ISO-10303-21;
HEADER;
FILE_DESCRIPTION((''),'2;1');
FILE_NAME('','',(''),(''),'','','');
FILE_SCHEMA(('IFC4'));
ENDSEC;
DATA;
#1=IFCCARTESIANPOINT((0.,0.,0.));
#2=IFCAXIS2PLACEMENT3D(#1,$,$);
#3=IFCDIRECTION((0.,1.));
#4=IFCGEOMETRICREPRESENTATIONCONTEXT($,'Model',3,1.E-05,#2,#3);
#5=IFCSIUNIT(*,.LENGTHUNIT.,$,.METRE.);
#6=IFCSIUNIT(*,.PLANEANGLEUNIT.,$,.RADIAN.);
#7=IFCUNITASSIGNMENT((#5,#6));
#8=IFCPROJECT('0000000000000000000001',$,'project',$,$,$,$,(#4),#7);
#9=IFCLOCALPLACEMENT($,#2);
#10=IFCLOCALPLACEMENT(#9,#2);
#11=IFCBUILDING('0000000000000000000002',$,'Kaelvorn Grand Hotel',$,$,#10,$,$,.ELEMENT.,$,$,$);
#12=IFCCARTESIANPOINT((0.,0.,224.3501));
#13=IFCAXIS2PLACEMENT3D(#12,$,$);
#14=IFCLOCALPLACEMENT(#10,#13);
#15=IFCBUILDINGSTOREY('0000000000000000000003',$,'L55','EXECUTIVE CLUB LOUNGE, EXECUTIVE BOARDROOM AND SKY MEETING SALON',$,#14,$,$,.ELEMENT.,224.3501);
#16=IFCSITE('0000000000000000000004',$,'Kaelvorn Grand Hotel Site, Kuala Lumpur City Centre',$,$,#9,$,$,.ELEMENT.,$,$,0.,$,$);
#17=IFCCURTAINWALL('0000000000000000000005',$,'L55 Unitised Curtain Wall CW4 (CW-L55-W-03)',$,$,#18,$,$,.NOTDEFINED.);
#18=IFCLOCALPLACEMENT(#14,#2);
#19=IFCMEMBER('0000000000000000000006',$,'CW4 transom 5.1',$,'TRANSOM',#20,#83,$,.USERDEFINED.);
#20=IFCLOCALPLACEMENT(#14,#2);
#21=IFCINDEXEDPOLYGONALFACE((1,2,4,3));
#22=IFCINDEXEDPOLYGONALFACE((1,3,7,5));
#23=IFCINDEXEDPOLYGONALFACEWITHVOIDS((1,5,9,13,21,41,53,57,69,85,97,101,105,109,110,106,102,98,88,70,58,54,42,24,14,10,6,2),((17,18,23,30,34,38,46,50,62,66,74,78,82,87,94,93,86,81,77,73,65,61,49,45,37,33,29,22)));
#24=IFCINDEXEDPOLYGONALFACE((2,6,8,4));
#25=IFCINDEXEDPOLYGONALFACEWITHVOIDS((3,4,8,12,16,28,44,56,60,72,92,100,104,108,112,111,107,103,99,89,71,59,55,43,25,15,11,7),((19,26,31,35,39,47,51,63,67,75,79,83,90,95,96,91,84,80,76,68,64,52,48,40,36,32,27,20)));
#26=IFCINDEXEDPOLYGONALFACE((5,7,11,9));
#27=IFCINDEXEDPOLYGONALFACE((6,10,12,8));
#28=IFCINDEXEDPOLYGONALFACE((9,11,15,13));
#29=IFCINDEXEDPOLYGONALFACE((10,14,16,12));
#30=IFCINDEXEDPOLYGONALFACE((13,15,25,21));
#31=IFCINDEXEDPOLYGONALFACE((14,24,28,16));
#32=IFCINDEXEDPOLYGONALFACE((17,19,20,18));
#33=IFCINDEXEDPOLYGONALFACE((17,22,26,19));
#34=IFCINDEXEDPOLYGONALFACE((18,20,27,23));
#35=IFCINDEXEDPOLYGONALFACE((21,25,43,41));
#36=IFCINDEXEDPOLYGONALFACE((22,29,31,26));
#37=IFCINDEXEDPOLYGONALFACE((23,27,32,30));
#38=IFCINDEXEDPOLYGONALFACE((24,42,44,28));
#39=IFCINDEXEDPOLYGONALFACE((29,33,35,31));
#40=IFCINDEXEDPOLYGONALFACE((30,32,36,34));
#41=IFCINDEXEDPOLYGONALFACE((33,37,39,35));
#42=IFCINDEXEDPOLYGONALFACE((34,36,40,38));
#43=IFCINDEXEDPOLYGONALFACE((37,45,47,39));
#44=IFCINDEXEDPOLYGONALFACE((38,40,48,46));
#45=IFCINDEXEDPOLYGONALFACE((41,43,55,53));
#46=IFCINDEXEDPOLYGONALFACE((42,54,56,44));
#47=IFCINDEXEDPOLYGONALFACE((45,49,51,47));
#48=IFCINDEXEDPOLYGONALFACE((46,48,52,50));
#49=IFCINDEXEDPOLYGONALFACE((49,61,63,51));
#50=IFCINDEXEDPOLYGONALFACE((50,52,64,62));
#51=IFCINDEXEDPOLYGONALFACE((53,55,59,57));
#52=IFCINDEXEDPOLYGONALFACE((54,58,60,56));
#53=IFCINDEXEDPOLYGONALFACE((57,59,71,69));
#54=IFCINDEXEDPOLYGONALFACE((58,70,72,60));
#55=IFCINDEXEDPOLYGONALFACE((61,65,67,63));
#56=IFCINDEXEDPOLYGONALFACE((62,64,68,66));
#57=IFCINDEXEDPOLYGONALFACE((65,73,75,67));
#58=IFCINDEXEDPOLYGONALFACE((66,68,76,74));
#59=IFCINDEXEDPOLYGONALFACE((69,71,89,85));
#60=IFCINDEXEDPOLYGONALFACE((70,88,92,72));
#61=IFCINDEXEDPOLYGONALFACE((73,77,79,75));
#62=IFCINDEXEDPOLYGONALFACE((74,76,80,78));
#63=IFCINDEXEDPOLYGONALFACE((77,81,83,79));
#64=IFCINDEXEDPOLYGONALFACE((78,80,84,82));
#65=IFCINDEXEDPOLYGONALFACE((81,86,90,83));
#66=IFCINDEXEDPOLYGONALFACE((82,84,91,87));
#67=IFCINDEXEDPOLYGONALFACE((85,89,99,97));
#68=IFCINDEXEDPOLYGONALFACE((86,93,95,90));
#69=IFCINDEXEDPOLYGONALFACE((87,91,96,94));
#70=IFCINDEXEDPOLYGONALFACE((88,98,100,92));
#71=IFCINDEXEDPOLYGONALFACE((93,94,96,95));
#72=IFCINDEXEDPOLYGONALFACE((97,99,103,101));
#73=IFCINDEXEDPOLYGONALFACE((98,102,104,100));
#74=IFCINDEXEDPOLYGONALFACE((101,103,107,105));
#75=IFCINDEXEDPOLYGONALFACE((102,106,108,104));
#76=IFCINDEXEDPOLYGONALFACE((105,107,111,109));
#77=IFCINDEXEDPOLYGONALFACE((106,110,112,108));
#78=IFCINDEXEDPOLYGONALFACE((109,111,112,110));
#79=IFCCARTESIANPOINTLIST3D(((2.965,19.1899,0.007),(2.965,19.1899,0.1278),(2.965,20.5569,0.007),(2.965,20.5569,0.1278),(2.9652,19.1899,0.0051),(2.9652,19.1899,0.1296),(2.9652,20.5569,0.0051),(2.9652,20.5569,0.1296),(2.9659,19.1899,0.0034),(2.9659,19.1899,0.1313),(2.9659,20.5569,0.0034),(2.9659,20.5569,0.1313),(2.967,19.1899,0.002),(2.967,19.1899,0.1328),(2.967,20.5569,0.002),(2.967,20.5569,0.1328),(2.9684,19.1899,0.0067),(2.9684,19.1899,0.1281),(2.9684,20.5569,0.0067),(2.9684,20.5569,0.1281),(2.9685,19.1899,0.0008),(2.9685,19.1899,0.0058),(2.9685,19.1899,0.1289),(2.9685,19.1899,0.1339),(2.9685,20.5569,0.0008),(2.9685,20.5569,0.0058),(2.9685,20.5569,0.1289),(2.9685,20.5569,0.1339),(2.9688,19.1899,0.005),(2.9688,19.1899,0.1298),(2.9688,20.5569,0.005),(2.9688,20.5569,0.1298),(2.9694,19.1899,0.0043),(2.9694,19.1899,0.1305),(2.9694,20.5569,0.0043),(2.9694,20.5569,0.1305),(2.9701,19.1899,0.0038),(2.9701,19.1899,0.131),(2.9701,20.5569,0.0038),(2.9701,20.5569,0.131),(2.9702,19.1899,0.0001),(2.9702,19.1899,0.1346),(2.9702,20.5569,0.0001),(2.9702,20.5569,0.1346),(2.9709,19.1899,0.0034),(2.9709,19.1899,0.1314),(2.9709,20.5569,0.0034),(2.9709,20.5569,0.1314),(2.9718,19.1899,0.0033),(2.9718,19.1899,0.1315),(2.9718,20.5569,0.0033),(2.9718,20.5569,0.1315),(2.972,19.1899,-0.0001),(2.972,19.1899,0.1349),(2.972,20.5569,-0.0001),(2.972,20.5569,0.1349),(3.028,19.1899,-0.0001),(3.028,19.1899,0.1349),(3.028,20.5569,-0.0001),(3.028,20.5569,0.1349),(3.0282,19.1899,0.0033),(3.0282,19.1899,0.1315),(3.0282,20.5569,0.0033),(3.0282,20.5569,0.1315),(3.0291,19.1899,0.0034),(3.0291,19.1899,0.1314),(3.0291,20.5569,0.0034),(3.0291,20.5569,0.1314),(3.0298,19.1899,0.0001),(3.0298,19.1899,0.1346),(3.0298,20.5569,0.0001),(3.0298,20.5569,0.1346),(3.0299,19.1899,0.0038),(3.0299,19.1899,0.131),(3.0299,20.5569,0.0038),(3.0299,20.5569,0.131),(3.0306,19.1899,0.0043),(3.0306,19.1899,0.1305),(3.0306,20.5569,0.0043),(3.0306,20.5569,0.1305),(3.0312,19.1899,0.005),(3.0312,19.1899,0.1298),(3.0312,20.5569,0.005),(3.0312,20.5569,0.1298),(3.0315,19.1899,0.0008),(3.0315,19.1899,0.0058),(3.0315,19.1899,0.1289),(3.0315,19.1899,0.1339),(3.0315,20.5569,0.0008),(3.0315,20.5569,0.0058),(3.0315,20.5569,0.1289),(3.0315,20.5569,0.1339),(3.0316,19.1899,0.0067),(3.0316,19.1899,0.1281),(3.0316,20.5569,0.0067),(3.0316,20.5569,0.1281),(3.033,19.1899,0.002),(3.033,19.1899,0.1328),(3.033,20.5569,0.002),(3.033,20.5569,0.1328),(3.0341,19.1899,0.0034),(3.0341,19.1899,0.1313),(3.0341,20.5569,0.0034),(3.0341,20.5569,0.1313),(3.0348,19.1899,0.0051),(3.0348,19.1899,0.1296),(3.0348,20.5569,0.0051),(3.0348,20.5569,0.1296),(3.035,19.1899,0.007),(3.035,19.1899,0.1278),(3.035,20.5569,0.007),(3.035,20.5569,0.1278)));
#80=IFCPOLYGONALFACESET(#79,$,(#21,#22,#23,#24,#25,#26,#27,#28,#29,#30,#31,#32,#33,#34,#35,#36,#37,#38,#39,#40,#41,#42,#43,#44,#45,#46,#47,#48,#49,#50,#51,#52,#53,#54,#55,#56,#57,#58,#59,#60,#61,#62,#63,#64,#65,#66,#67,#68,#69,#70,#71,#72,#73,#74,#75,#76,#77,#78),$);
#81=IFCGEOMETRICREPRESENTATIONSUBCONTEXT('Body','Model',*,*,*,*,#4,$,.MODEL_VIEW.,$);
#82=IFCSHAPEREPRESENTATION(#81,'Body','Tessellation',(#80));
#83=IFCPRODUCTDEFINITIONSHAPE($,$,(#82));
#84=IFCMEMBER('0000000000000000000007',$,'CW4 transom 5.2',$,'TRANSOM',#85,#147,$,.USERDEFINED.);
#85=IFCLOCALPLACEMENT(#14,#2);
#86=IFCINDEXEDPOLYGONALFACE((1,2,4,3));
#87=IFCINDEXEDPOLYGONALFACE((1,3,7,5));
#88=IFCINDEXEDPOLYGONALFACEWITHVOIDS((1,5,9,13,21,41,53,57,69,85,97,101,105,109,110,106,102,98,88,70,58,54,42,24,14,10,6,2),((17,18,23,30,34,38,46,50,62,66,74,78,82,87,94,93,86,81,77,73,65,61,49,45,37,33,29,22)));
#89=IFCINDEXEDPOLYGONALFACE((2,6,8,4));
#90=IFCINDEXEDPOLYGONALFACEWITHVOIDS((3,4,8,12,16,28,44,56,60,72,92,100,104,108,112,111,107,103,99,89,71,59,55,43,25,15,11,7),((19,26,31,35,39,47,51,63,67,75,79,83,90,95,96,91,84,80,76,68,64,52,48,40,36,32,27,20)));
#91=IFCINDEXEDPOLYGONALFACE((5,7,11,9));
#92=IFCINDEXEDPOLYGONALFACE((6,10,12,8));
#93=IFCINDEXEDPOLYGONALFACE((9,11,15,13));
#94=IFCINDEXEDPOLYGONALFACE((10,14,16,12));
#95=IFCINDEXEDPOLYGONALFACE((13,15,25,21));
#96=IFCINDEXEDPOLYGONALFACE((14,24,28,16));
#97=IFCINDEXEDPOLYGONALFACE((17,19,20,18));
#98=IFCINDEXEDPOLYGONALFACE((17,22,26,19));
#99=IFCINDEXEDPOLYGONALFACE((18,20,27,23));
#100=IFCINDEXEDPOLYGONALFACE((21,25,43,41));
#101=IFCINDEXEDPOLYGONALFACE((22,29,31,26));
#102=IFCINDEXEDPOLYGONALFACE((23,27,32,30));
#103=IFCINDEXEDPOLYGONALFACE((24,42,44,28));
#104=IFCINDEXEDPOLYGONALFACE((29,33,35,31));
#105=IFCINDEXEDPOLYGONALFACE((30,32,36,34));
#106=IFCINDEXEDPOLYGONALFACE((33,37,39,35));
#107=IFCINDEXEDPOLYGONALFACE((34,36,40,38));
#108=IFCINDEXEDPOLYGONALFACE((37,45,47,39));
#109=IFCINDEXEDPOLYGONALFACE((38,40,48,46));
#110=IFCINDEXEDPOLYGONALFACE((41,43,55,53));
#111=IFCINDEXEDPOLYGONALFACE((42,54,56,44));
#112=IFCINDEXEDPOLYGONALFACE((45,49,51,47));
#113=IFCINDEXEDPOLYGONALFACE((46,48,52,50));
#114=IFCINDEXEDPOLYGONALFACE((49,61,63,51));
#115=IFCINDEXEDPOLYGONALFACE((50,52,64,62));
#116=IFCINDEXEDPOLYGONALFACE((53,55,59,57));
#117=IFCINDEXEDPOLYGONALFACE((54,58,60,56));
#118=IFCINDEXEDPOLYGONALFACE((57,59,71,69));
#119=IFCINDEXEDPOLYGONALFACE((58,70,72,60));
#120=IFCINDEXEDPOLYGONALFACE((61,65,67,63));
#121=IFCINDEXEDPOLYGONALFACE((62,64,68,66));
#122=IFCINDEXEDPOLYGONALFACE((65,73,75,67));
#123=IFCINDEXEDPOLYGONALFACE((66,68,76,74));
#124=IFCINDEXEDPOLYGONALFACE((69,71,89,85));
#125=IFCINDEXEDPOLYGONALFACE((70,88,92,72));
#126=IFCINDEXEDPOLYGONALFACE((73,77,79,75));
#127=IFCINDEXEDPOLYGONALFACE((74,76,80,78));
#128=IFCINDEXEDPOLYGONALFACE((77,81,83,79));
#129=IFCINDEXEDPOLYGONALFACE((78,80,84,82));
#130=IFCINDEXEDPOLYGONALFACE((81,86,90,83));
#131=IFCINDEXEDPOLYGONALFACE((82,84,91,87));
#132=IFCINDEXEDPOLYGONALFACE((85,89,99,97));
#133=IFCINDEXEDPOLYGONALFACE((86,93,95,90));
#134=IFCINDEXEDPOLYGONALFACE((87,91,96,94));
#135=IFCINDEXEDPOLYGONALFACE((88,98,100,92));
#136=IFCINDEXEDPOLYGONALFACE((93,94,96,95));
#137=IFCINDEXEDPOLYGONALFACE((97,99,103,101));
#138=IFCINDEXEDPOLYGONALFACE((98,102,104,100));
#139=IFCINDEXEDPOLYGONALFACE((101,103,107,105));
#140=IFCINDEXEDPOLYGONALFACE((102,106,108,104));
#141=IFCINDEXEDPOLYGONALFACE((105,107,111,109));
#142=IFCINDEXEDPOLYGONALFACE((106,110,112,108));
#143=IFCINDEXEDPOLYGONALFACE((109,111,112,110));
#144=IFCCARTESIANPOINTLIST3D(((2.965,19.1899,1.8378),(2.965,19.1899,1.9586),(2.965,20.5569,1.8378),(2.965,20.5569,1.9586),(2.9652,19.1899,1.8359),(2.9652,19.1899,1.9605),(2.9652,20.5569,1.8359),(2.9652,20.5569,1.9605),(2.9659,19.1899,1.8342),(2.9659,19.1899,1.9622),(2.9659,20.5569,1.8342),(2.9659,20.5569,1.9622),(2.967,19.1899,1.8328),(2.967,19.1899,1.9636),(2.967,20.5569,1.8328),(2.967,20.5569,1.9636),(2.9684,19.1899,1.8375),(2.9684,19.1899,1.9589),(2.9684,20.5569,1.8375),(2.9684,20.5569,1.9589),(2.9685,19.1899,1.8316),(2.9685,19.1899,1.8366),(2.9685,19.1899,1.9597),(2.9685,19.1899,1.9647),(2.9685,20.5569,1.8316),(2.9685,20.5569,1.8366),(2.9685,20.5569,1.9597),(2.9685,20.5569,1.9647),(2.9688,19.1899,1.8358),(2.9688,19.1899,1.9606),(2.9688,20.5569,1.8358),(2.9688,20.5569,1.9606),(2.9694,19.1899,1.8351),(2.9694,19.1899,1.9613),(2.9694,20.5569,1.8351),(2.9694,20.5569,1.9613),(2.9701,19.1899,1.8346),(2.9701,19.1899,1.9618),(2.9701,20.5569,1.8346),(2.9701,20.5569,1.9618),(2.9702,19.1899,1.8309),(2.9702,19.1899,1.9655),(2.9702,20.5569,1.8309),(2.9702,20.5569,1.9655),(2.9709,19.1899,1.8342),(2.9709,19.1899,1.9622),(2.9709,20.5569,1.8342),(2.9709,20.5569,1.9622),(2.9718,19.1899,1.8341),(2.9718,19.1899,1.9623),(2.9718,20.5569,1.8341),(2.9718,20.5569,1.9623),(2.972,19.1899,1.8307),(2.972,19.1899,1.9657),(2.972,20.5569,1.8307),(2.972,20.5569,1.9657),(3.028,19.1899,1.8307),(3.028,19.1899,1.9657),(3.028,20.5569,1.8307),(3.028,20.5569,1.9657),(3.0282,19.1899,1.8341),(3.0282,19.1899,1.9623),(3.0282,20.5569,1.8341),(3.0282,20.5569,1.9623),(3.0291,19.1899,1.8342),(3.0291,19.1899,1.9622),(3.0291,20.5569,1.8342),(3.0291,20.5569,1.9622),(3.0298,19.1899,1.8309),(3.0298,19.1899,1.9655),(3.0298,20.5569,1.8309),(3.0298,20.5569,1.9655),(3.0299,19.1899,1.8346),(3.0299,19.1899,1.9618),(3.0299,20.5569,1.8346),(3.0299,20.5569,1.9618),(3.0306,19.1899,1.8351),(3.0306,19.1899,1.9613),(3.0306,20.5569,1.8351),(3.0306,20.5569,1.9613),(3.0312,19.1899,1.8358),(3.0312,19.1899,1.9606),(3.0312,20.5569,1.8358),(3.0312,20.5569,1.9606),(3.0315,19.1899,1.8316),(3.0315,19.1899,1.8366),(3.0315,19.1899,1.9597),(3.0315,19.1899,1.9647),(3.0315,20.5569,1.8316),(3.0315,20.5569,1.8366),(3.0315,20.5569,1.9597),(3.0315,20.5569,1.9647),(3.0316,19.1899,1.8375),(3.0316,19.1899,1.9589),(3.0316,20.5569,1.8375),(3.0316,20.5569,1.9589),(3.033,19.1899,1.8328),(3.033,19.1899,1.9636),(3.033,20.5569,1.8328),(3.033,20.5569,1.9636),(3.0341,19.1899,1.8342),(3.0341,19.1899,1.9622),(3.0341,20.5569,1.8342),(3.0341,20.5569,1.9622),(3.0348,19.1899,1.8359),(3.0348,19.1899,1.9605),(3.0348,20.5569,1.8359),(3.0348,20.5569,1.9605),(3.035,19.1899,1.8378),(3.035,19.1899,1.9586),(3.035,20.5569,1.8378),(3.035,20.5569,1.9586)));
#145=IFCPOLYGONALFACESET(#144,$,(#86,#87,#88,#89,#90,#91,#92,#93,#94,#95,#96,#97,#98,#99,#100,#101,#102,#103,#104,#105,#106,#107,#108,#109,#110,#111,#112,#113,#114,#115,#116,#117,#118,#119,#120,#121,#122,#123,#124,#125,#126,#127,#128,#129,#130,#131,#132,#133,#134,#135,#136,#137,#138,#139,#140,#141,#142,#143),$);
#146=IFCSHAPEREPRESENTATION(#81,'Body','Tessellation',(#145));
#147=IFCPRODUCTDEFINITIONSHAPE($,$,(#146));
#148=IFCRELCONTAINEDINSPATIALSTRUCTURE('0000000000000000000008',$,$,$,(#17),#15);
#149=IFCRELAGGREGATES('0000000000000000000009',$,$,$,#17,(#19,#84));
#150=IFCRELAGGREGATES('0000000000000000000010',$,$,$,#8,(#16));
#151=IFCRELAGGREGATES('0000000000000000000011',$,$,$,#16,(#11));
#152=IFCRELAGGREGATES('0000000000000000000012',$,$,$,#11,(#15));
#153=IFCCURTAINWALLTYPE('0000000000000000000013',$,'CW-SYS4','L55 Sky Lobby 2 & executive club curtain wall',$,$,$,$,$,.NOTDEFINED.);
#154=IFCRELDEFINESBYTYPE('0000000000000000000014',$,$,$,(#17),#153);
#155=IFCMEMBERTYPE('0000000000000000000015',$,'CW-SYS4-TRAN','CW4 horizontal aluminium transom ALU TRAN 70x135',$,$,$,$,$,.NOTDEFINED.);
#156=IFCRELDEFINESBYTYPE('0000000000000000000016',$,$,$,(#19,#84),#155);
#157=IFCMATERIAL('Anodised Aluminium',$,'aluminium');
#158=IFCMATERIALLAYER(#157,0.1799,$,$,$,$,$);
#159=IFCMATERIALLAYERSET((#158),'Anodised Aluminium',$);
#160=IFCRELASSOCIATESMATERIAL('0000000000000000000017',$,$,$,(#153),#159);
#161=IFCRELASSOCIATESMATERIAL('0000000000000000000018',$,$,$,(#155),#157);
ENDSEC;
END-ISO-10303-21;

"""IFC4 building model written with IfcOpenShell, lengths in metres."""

from ifc_helpers import new_model, si_unit, direction, frame, origin, origin_2d, place, context, subcontext, project, spatial, hollow_rectangle, extrude, material, layer, layer_set, material_profile, profile_set, type_object, element, aggregate, save


model = new_model("IFC4")

# Units and contexts
model_context = context("Model", 3, precision=1e-05, world=origin(), true_north=direction((0.0, 1.0)))
body_context = subcontext(model_context, "Body", "Model", "MODEL_VIEW")
ifc_project = project(units=[si_unit("LENGTHUNIT", "METRE"), si_unit("PLANEANGLEUNIT", "RADIAN")], contexts=[model_context])

# Site, building, storey
site_placement = place(None, origin())
site = spatial("IfcSite", under=ifc_project, at=site_placement, Name="Kaelvorn Grand Hotel Site, Kuala Lumpur City Centre", CompositionType="ELEMENT", RefElevation=0.0)
building_placement = place(site_placement, origin())
building = spatial("IfcBuilding", under=site, at=building_placement, Name="Kaelvorn Grand Hotel", CompositionType="ELEMENT")
storey_placement = place(building_placement, frame((0.0, 0.0, 224.3501)))
storey = spatial("IfcBuildingStorey", under=building, at=storey_placement, Name="L55", Description="EXECUTIVE CLUB LOUNGE, EXECUTIVE BOARDROOM AND SKY MEETING SALON", CompositionType="ELEMENT", Elevation=224.3501)

# Curtain wall
ifc_material_1 = material(Name="Anodised Aluminium", Category="aluminium")
ifc_layer_1 = layer(ifc_material_1, 0.1799)
ifc_layer_set_1 = layer_set([ifc_layer_1], Name="Anodised Aluminium")
curtain_wall_type = type_object("IfcCurtainWallType", Name="CW-SYS4", Description="L55 Sky Lobby 2 & executive club curtain wall", PredefinedType="NOTDEFINED", material=ifc_layer_set_1)
curtain_wall_1_placement = place(storey_placement, origin())
curtain_wall_1 = element("IfcCurtainWall", 1, at=curtain_wall_1_placement, inside=storey, type_object=curtain_wall_type, Name="L55 Unitised Curtain Wall CW4 (CW-L55-W-03)", PredefinedType="NOTDEFINED")

# Members
ifc_material_profile_1 = material_profile(ifc_material_1, hollow_rectangle(XDim=0.0701, YDim=0.135, WallThickness=0.0034, InnerFilletRadius=0.0034, OuterFilletRadius=0.0071, at=origin_2d()), Name="ALU TRAN 70x135")
ifc_profile_set_1 = profile_set([ifc_material_profile_1], Name="Anodised Aluminium")
member_type_1 = type_object("IfcMemberType", Name="CW-SYS4-TRAN", Description="CW4 horizontal aluminium transom ALU TRAN 70x135", PredefinedType="NOTDEFINED", material=ifc_profile_set_1)
member_1_placement = place(storey_placement, frame((3.0, 20.5569, 0.0674), z_axis=(0.0, -1.0, 0.0), x_axis=(1.0, 0.0, 0.0)))
member_1 = element("IfcMember", 2, at=member_1_placement, type_object=member_type_1, Name="CW4 transom 5.1", ObjectType="TRANSOM", PredefinedType="USERDEFINED", context=body_context, shape_type="SweptSolid", body=[
    extrude(hollow_rectangle(XDim=0.0701, YDim=0.135, WallThickness=0.0034, InnerFilletRadius=0.0034, OuterFilletRadius=0.0071, at=origin_2d()), origin(), (0.0, 0.0, 1.0), 1.3669),
])
member_2_placement = place(storey_placement, frame((3.0, 20.5569, 1.8982), z_axis=(0.0, -1.0, 0.0), x_axis=(1.0, 0.0, 0.0)))
member_2 = element("IfcMember", 3, at=member_2_placement, type_object=member_type_1, Name="CW4 transom 5.2", ObjectType="TRANSOM", PredefinedType="USERDEFINED", context=body_context, shape_type="SweptSolid", body=[
    extrude(hollow_rectangle(XDim=0.0701, YDim=0.135, WallThickness=0.0034, InnerFilletRadius=0.0034, OuterFilletRadius=0.0071, at=origin_2d()), origin(), (0.0, 0.0, 1.0), 1.3669),
])

aggregate(curtain_wall_1, [member_1, member_2])

save(model, "model.ifc")
